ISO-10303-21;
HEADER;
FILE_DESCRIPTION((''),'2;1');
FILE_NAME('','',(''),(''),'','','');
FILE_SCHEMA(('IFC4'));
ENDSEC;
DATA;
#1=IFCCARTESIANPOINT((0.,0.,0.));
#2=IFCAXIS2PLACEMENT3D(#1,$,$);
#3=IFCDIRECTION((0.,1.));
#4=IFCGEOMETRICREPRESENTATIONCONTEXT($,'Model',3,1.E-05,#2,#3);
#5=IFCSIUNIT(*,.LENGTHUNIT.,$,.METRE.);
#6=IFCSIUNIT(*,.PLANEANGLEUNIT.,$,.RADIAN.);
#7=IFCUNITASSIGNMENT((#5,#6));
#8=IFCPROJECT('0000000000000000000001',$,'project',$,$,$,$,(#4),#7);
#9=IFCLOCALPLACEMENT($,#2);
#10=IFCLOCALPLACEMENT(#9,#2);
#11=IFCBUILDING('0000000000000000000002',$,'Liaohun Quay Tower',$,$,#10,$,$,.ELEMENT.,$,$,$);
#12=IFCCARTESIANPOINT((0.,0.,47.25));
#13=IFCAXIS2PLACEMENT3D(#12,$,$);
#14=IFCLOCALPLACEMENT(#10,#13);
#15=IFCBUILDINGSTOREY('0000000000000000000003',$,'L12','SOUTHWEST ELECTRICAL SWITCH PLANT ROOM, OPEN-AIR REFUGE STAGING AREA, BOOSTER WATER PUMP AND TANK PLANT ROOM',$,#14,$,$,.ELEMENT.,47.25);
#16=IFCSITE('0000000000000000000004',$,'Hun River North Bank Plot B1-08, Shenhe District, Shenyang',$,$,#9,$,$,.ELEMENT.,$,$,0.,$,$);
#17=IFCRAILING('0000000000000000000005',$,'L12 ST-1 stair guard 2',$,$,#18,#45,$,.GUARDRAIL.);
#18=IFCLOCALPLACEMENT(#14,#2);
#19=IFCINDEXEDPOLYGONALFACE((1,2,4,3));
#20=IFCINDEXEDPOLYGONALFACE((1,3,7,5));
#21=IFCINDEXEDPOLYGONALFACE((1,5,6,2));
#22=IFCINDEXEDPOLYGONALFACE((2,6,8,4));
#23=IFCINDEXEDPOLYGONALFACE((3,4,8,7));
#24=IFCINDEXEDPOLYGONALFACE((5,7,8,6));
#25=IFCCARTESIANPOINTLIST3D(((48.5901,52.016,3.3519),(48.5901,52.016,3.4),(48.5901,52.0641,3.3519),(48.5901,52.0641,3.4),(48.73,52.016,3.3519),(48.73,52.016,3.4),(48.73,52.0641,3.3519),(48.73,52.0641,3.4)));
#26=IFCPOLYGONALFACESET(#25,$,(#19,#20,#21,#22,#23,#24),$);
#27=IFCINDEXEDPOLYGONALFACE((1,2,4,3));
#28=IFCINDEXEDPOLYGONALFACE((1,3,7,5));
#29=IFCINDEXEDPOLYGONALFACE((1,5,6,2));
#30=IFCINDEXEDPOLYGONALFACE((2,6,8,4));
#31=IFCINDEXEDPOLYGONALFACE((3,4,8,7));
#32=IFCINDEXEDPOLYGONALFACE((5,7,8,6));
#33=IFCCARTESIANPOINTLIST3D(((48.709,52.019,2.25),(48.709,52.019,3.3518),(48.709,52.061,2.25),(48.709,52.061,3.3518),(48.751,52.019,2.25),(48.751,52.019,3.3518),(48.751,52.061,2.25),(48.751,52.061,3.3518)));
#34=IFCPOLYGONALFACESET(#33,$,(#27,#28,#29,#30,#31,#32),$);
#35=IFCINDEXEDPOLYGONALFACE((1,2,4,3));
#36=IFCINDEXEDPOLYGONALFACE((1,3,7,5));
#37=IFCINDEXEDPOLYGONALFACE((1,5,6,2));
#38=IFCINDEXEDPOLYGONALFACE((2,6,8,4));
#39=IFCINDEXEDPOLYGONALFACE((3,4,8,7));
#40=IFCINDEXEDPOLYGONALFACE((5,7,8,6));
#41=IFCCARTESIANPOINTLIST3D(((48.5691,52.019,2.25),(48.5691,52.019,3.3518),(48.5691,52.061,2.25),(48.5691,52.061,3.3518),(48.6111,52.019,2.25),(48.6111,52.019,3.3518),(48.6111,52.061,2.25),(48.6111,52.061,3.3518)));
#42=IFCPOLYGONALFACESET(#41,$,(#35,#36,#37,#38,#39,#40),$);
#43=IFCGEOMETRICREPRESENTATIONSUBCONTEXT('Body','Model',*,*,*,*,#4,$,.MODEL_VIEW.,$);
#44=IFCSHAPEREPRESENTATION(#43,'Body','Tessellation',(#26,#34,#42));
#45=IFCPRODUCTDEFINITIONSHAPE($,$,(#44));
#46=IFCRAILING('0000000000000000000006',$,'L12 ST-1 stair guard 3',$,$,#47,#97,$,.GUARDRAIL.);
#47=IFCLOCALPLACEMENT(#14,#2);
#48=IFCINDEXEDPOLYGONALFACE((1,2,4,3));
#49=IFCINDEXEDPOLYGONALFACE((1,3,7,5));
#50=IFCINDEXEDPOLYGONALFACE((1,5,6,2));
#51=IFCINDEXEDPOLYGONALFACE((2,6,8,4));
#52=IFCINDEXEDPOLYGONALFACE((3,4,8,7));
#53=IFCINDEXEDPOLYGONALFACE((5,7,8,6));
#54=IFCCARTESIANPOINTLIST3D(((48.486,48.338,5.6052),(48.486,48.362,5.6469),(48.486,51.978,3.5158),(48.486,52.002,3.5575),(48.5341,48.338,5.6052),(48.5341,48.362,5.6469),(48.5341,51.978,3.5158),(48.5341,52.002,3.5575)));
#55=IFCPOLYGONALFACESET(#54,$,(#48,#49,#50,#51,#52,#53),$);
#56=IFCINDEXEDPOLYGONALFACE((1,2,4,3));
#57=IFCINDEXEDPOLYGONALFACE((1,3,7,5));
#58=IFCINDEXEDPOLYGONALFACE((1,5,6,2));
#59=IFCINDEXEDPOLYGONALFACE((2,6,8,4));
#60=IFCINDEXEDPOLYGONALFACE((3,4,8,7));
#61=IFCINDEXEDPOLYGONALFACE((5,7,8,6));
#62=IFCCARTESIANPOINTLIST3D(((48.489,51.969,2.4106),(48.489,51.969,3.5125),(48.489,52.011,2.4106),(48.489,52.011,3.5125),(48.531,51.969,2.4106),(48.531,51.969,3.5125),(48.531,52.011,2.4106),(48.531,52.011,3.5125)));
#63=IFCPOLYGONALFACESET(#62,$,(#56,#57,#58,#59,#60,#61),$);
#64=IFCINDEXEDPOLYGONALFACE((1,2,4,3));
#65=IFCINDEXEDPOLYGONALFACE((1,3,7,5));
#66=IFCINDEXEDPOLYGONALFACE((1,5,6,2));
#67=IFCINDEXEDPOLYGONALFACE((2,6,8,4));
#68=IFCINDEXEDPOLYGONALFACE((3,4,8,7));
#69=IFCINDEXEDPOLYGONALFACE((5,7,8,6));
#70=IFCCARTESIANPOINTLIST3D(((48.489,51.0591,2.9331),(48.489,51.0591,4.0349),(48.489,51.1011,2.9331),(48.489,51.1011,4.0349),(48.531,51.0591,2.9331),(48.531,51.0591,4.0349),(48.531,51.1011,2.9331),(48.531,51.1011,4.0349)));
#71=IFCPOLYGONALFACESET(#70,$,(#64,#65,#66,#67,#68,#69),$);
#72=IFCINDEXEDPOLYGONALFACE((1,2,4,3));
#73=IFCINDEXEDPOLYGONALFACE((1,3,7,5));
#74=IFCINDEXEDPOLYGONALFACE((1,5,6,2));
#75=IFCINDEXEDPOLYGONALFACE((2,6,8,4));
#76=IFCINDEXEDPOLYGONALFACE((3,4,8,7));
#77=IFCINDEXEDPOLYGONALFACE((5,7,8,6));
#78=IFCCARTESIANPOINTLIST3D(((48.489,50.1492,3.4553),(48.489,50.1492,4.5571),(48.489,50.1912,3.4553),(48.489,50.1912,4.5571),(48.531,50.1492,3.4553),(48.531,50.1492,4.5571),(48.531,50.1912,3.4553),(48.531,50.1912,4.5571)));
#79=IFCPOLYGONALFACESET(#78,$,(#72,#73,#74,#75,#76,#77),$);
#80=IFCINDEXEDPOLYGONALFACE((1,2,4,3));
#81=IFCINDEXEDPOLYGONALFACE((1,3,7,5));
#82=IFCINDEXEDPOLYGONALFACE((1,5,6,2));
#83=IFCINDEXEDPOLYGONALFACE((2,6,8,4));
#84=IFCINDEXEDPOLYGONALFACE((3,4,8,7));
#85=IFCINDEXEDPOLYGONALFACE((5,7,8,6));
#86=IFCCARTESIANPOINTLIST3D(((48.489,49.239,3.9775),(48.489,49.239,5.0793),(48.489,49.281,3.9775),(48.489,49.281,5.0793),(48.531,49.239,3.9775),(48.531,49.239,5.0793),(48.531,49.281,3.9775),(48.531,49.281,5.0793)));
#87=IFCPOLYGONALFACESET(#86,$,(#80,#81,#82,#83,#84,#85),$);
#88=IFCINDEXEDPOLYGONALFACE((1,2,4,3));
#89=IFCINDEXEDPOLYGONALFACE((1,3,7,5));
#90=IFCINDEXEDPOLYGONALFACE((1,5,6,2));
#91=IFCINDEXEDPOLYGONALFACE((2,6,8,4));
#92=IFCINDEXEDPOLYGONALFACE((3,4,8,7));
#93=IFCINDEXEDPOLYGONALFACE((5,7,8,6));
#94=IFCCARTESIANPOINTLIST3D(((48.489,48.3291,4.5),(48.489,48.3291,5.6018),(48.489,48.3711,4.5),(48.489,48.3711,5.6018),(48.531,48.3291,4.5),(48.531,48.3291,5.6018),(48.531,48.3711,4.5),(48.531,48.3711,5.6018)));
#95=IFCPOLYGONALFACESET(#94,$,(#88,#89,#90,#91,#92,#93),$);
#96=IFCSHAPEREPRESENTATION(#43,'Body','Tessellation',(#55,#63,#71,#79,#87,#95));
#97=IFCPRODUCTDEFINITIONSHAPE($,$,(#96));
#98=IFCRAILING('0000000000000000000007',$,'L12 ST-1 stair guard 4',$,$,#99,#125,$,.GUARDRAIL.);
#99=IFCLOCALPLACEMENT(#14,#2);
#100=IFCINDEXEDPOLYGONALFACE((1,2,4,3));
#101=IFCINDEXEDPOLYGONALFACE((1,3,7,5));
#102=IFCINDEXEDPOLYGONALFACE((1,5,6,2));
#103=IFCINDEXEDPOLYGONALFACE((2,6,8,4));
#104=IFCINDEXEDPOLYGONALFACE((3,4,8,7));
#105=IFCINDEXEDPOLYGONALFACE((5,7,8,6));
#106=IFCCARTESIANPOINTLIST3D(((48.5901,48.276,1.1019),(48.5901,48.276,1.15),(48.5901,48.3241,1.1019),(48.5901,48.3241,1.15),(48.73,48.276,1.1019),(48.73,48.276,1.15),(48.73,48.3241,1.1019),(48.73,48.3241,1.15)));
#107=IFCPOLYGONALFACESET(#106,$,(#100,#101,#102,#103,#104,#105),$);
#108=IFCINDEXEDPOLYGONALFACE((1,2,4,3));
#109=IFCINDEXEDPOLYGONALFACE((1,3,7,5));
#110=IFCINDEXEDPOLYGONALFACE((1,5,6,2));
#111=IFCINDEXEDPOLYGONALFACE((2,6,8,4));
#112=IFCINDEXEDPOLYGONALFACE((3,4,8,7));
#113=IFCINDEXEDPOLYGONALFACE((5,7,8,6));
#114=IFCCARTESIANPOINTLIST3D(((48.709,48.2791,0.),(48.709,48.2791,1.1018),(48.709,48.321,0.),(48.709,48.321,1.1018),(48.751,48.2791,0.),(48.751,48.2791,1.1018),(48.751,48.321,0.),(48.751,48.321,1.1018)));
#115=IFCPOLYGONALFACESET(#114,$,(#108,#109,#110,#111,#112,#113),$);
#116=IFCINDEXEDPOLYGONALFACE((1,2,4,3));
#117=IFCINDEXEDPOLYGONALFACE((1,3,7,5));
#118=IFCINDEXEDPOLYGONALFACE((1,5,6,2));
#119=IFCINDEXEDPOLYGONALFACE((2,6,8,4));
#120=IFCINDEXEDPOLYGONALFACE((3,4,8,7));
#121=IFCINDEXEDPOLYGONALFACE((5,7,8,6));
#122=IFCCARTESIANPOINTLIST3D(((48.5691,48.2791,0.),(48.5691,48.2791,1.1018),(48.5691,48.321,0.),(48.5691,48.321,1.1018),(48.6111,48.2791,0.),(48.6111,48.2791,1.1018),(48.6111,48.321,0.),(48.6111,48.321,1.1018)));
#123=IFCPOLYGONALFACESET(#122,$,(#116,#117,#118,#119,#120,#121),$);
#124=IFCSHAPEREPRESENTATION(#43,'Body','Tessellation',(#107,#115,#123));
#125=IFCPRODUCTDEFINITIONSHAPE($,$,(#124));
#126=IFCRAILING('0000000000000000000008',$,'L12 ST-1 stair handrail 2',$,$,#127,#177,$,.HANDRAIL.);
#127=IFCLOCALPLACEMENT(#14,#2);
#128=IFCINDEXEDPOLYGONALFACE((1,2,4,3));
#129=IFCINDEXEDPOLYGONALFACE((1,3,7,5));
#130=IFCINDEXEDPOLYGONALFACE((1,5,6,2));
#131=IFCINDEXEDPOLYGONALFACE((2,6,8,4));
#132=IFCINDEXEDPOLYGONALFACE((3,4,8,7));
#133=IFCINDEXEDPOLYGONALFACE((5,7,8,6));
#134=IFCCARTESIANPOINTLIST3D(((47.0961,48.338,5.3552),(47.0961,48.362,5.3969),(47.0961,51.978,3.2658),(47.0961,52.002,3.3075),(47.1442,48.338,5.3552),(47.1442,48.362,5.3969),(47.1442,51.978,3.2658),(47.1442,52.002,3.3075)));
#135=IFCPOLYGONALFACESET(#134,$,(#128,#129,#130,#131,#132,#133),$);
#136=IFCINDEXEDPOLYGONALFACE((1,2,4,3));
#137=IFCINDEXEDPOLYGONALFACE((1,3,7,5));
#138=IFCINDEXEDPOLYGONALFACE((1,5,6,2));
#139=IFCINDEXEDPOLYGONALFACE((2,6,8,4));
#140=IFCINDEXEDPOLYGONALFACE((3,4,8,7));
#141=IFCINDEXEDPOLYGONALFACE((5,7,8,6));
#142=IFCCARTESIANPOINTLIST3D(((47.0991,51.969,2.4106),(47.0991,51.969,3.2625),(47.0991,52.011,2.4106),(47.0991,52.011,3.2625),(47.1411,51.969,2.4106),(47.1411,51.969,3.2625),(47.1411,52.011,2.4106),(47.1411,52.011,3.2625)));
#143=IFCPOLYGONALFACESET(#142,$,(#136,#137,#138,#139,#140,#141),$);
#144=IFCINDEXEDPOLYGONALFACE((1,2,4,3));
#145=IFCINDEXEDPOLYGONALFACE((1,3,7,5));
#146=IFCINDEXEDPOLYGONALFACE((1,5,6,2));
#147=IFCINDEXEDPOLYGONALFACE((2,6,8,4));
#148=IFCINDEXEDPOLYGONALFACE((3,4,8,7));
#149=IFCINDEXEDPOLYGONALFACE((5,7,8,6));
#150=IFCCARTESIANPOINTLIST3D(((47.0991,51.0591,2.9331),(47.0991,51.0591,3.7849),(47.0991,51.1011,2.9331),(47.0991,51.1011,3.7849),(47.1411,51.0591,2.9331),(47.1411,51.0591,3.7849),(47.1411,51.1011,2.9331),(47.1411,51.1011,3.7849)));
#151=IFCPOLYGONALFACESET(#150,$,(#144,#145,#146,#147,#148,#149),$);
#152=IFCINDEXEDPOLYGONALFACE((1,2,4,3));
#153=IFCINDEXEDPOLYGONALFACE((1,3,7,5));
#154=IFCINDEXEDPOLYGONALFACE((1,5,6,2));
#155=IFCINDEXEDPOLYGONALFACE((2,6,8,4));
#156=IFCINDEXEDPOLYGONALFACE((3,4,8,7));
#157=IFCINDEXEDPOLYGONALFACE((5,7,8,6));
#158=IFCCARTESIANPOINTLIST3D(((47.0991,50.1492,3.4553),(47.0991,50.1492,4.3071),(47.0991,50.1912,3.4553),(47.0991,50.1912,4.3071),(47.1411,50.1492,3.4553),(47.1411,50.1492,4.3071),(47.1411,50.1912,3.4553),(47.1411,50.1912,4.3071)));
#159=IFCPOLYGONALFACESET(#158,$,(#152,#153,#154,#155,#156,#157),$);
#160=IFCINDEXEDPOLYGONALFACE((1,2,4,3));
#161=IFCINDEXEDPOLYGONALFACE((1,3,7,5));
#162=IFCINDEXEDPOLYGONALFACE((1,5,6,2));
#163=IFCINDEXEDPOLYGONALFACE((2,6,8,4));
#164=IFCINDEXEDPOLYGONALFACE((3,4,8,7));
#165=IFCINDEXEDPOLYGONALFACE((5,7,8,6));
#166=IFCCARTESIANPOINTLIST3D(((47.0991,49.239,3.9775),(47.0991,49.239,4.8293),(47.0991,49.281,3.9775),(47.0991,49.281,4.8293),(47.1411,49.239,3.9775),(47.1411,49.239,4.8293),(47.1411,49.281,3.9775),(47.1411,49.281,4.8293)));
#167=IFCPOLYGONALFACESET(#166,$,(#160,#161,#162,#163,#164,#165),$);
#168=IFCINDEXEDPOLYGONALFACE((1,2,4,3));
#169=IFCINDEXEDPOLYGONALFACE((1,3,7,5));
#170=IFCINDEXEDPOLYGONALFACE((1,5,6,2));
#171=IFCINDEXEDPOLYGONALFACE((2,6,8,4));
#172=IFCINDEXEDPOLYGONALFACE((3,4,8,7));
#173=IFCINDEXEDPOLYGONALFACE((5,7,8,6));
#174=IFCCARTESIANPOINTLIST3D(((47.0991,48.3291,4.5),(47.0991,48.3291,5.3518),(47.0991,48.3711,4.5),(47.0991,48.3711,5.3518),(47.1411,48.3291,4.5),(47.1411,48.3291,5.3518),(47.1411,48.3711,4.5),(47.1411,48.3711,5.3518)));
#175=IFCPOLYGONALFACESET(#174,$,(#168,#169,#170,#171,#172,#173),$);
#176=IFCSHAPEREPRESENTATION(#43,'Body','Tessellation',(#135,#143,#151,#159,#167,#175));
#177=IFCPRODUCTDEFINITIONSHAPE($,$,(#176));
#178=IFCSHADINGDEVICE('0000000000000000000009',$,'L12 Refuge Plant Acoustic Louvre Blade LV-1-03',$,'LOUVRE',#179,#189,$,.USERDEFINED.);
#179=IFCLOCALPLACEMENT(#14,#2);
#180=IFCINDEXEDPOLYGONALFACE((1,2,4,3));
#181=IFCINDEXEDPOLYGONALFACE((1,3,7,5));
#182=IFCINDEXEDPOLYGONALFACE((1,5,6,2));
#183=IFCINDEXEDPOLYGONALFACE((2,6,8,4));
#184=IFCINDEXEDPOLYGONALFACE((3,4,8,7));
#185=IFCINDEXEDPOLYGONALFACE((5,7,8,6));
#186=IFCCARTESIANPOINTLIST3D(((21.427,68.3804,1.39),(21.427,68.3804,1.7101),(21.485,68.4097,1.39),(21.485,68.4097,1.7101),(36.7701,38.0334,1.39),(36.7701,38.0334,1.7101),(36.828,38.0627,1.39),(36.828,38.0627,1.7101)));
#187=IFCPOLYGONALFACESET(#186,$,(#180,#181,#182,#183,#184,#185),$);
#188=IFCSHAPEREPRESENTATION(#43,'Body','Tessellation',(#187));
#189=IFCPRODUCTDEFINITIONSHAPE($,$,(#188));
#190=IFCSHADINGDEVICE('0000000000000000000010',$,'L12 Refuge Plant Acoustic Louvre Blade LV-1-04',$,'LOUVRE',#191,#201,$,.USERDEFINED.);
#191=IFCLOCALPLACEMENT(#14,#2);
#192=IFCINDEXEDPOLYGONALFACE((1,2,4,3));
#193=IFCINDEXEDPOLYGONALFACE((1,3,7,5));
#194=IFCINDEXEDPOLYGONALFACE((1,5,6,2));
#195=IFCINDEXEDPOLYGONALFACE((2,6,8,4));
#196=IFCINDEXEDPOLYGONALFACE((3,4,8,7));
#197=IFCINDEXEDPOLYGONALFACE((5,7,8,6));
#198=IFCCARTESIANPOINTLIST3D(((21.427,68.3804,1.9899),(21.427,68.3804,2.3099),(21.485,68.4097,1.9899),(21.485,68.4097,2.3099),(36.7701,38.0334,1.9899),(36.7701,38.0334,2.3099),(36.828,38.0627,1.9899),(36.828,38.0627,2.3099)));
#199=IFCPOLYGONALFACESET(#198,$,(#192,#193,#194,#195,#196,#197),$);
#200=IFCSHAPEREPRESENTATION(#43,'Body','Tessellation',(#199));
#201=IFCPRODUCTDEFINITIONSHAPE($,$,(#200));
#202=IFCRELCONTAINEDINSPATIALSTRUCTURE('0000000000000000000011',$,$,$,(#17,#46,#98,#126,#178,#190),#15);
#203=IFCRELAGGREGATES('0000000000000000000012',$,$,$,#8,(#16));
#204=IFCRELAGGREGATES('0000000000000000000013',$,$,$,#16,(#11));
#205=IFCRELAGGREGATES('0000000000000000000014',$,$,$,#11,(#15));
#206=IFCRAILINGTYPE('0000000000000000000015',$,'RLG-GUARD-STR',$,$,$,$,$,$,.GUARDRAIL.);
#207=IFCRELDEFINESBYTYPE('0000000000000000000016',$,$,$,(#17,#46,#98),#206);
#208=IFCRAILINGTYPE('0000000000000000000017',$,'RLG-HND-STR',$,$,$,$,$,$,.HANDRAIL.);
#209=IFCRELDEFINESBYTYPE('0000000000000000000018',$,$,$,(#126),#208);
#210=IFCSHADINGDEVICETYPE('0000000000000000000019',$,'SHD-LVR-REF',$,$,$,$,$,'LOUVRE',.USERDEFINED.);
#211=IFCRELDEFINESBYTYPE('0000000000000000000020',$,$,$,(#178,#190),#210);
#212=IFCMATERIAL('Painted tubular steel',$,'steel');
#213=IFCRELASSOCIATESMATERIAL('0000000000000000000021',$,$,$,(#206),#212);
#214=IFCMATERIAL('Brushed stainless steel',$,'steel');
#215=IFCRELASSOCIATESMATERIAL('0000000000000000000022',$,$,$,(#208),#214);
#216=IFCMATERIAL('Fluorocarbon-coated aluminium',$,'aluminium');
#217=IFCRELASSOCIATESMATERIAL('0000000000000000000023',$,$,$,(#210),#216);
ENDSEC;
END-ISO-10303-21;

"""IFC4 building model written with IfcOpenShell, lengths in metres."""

from ifc_helpers import new_model, si_unit, direction, frame, origin, origin_2d, place, context, subcontext, project, spatial, rectangle, extrude, source, transform, mapped, material, material_profile, profile_set, type_object, element, save


model = new_model("IFC4")

# Units and contexts
model_context = context("Model", 3, precision=1e-05, world=origin(), true_north=direction((0.0, 1.0)))
body_context = subcontext(model_context, "Body", "Model", "MODEL_VIEW")
ifc_project = project(units=[si_unit("LENGTHUNIT", "METRE"), si_unit("PLANEANGLEUNIT", "RADIAN")], contexts=[model_context])

# Site, building, storey
site_placement = place(None, origin())
site = spatial("IfcSite", under=ifc_project, at=site_placement, Name="Hun River North Bank Plot B1-08, Shenhe District, Shenyang", CompositionType="ELEMENT", RefElevation=0.0)
building_placement = place(site_placement, origin())
building = spatial("IfcBuilding", under=site, at=building_placement, Name="Liaohun Quay Tower", CompositionType="ELEMENT")
storey_placement = place(building_placement, frame((0.0, 0.0, 47.25)))
storey = spatial("IfcBuildingStorey", under=building, at=storey_placement, Name="L12", Description="SOUTHWEST ELECTRICAL SWITCH PLANT ROOM, OPEN-AIR REFUGE STAGING AREA, BOOSTER WATER PUMP AND TANK PLANT ROOM", CompositionType="ELEMENT", Elevation=47.25)

# Railings
ifc_material_1 = material(Name="Painted tubular steel", Category="steel")
railing_type_1 = type_object("IfcRailingType", Name="RLG-GUARD-STR", PredefinedType="GUARDRAIL", material=ifc_material_1)
railing_1_placement = place(storey_placement, frame((48.73, 52.04, 2.25)))
element("IfcRailing", 1, at=railing_1_placement, inside=storey, type_object=railing_type_1, Name="L12 ST-1 stair guard 2", PredefinedType="GUARDRAIL", context=body_context, shape_type="SweptSolid", body=[
    extrude(rectangle(XDim=0.0481, YDim=0.0481, at=origin_2d()), frame((0.0, 0.0, 1.126), z_axis=(-1.0, 0.0, 0.0), x_axis=(0.0, -1.0, 0.0)), (0.0, 0.0, 1.0), 0.1399),
    extrude(rectangle(XDim=0.042, YDim=0.042, at=origin_2d()), origin(), (0.0, 0.0, 1.0), 1.1018),
    extrude(rectangle(XDim=0.042, YDim=0.042, at=origin_2d()), frame((-0.1399, 0.0, 0.0)), (0.0, 0.0, 1.0), 1.1018),
])
railing_2_placement = place(storey_placement, frame((48.51, 51.99, 2.4106)))
element("IfcRailing", 2, at=railing_2_placement, inside=storey, type_object=railing_type_1, Name="L12 ST-1 stair guard 3", PredefinedType="GUARDRAIL", context=body_context, shape_type="SweptSolid", body=[
    extrude(rectangle(XDim=0.0481, YDim=0.0481, at=origin_2d()), frame((0.0, 0.0, 1.126), z_axis=(0.0, -0.867275, 0.497829), x_axis=(1.0, 0.0, 0.0)), (0.0, 0.0, 1.0), 4.197),
    extrude(rectangle(XDim=0.042, YDim=0.042, at=origin_2d()), origin(), (0.0, 0.0, 1.0), 1.1018),
    extrude(rectangle(XDim=0.042, YDim=0.042, at=origin_2d()), frame((0.0, -0.9099, 0.5225)), (0.0, 0.0, 1.0), 1.1018),
    extrude(rectangle(XDim=0.042, YDim=0.042, at=origin_2d()), frame((0.0, -1.8198, 1.0447)), (0.0, 0.0, 1.0), 1.1018),
    extrude(rectangle(XDim=0.042, YDim=0.042, at=origin_2d()), frame((0.0, -2.73, 1.5669)), (0.0, 0.0, 1.0), 1.1018),
    extrude(rectangle(XDim=0.042, YDim=0.042, at=origin_2d()), frame((0.0, -3.6399, 2.0894)), (0.0, 0.0, 1.0), 1.1018),
])
railing_3_placement = place(storey_placement, frame((48.73, 48.3, 0.0)))
element("IfcRailing", 3, at=railing_3_placement, inside=storey, type_object=railing_type_1, Name="L12 ST-1 stair guard 4", PredefinedType="GUARDRAIL", context=body_context, shape_type="SweptSolid", body=[
    extrude(rectangle(XDim=0.0481, YDim=0.0481, at=origin_2d()), frame((0.0, 0.0, 1.126), z_axis=(-1.0, 0.0, 0.0), x_axis=(0.0, -1.0, 0.0)), (0.0, 0.0, 1.0), 0.1399),
    extrude(rectangle(XDim=0.042, YDim=0.042, at=origin_2d()), origin(), (0.0, 0.0, 1.0), 1.1018),
    extrude(rectangle(XDim=0.042, YDim=0.042, at=origin_2d()), frame((-0.1399, 0.0, 0.0)), (0.0, 0.0, 1.0), 1.1018),
])
ifc_material_2 = material(Name="Brushed stainless steel", Category="steel")
railing_type_2 = type_object("IfcRailingType", Name="RLG-HND-STR", PredefinedType="HANDRAIL", material=ifc_material_2)
railing_4_placement = place(storey_placement, frame((47.1201, 51.99, 2.4106)))
element("IfcRailing", 4, at=railing_4_placement, inside=storey, type_object=railing_type_2, Name="L12 ST-1 stair handrail 2", PredefinedType="HANDRAIL", context=body_context, shape_type="SweptSolid", body=[
    extrude(rectangle(XDim=0.0481, YDim=0.0481, at=origin_2d()), frame((0.0, 0.0, 0.876), z_axis=(0.0, -0.867275, 0.497829), x_axis=(1.0, 0.0, 0.0)), (0.0, 0.0, 1.0), 4.197),
    extrude(rectangle(XDim=0.042, YDim=0.042, at=origin_2d()), origin(), (0.0, 0.0, 1.0), 0.8518),
    extrude(rectangle(XDim=0.042, YDim=0.042, at=origin_2d()), frame((0.0, -0.9099, 0.5225)), (0.0, 0.0, 1.0), 0.8518),
    extrude(rectangle(XDim=0.042, YDim=0.042, at=origin_2d()), frame((0.0, -1.8198, 1.0447)), (0.0, 0.0, 1.0), 0.8518),
    extrude(rectangle(XDim=0.042, YDim=0.042, at=origin_2d()), frame((0.0, -2.73, 1.5669)), (0.0, 0.0, 1.0), 0.8518),
    extrude(rectangle(XDim=0.042, YDim=0.042, at=origin_2d()), frame((0.0, -3.6399, 2.0894)), (0.0, 0.0, 1.0), 0.8518),
])

# Shading devices
ifc_material_3 = material(Name="Fluorocarbon-coated aluminium", Category="aluminium")
ifc_material_profile_1 = material_profile(ifc_material_3, rectangle(XDim=0.0649, YDim=0.3201, at=origin_2d()), Name="ALU-LVR-320x65")
ifc_profile_set_1 = profile_set([ifc_material_profile_1], Name="Fluorocarbon-coated aluminium")
shading_device_type = type_object("IfcShadingDeviceType", Name="SHD-LVR-REF", ElementType="LOUVRE", PredefinedType="USERDEFINED", material=ifc_profile_set_1)
shared_shape_1 = source(origin(), body_context, "Body", "SweptSolid", [
    extrude(rectangle(XDim=0.0649, YDim=0.3201, at=origin_2d()), origin(), (0.0, 0.0, 1.0), 34.0051),
])
for number, where, z_axis, x_axis, name in (
    (5, (36.7991, 38.0481, 1.55), (-0.451198, 0.892424, 0.0), (-0.892424, -0.451198, 0.0), "L12 Refuge Plant Acoustic Louvre Blade LV-1-03"),
    (6, (36.7991, 38.0481, 2.1499), (-0.451198, 0.892424, 0.0), (-0.892424, -0.451198, 0.0), "L12 Refuge Plant Acoustic Louvre Blade LV-1-04"),
):
    element("IfcShadingDevice", number, at=place(storey_placement, frame(where, z_axis=z_axis, x_axis=x_axis)), inside=storey, type_object=shading_device_type, Name=name, ObjectType="LOUVRE", PredefinedType="USERDEFINED", context=body_context, shape_type="MappedRepresentation", body=[
        mapped(shared_shape_1, transform((0.0, 0.0, 0.0), x_axis=(1.0, 0.0, 0.0), y_axis=(0.0, 1.0, 0.0), z_axis=(0.0, 0.0, 1.0), scale=1.0)),
    ])

save(model, "model.ifc")
